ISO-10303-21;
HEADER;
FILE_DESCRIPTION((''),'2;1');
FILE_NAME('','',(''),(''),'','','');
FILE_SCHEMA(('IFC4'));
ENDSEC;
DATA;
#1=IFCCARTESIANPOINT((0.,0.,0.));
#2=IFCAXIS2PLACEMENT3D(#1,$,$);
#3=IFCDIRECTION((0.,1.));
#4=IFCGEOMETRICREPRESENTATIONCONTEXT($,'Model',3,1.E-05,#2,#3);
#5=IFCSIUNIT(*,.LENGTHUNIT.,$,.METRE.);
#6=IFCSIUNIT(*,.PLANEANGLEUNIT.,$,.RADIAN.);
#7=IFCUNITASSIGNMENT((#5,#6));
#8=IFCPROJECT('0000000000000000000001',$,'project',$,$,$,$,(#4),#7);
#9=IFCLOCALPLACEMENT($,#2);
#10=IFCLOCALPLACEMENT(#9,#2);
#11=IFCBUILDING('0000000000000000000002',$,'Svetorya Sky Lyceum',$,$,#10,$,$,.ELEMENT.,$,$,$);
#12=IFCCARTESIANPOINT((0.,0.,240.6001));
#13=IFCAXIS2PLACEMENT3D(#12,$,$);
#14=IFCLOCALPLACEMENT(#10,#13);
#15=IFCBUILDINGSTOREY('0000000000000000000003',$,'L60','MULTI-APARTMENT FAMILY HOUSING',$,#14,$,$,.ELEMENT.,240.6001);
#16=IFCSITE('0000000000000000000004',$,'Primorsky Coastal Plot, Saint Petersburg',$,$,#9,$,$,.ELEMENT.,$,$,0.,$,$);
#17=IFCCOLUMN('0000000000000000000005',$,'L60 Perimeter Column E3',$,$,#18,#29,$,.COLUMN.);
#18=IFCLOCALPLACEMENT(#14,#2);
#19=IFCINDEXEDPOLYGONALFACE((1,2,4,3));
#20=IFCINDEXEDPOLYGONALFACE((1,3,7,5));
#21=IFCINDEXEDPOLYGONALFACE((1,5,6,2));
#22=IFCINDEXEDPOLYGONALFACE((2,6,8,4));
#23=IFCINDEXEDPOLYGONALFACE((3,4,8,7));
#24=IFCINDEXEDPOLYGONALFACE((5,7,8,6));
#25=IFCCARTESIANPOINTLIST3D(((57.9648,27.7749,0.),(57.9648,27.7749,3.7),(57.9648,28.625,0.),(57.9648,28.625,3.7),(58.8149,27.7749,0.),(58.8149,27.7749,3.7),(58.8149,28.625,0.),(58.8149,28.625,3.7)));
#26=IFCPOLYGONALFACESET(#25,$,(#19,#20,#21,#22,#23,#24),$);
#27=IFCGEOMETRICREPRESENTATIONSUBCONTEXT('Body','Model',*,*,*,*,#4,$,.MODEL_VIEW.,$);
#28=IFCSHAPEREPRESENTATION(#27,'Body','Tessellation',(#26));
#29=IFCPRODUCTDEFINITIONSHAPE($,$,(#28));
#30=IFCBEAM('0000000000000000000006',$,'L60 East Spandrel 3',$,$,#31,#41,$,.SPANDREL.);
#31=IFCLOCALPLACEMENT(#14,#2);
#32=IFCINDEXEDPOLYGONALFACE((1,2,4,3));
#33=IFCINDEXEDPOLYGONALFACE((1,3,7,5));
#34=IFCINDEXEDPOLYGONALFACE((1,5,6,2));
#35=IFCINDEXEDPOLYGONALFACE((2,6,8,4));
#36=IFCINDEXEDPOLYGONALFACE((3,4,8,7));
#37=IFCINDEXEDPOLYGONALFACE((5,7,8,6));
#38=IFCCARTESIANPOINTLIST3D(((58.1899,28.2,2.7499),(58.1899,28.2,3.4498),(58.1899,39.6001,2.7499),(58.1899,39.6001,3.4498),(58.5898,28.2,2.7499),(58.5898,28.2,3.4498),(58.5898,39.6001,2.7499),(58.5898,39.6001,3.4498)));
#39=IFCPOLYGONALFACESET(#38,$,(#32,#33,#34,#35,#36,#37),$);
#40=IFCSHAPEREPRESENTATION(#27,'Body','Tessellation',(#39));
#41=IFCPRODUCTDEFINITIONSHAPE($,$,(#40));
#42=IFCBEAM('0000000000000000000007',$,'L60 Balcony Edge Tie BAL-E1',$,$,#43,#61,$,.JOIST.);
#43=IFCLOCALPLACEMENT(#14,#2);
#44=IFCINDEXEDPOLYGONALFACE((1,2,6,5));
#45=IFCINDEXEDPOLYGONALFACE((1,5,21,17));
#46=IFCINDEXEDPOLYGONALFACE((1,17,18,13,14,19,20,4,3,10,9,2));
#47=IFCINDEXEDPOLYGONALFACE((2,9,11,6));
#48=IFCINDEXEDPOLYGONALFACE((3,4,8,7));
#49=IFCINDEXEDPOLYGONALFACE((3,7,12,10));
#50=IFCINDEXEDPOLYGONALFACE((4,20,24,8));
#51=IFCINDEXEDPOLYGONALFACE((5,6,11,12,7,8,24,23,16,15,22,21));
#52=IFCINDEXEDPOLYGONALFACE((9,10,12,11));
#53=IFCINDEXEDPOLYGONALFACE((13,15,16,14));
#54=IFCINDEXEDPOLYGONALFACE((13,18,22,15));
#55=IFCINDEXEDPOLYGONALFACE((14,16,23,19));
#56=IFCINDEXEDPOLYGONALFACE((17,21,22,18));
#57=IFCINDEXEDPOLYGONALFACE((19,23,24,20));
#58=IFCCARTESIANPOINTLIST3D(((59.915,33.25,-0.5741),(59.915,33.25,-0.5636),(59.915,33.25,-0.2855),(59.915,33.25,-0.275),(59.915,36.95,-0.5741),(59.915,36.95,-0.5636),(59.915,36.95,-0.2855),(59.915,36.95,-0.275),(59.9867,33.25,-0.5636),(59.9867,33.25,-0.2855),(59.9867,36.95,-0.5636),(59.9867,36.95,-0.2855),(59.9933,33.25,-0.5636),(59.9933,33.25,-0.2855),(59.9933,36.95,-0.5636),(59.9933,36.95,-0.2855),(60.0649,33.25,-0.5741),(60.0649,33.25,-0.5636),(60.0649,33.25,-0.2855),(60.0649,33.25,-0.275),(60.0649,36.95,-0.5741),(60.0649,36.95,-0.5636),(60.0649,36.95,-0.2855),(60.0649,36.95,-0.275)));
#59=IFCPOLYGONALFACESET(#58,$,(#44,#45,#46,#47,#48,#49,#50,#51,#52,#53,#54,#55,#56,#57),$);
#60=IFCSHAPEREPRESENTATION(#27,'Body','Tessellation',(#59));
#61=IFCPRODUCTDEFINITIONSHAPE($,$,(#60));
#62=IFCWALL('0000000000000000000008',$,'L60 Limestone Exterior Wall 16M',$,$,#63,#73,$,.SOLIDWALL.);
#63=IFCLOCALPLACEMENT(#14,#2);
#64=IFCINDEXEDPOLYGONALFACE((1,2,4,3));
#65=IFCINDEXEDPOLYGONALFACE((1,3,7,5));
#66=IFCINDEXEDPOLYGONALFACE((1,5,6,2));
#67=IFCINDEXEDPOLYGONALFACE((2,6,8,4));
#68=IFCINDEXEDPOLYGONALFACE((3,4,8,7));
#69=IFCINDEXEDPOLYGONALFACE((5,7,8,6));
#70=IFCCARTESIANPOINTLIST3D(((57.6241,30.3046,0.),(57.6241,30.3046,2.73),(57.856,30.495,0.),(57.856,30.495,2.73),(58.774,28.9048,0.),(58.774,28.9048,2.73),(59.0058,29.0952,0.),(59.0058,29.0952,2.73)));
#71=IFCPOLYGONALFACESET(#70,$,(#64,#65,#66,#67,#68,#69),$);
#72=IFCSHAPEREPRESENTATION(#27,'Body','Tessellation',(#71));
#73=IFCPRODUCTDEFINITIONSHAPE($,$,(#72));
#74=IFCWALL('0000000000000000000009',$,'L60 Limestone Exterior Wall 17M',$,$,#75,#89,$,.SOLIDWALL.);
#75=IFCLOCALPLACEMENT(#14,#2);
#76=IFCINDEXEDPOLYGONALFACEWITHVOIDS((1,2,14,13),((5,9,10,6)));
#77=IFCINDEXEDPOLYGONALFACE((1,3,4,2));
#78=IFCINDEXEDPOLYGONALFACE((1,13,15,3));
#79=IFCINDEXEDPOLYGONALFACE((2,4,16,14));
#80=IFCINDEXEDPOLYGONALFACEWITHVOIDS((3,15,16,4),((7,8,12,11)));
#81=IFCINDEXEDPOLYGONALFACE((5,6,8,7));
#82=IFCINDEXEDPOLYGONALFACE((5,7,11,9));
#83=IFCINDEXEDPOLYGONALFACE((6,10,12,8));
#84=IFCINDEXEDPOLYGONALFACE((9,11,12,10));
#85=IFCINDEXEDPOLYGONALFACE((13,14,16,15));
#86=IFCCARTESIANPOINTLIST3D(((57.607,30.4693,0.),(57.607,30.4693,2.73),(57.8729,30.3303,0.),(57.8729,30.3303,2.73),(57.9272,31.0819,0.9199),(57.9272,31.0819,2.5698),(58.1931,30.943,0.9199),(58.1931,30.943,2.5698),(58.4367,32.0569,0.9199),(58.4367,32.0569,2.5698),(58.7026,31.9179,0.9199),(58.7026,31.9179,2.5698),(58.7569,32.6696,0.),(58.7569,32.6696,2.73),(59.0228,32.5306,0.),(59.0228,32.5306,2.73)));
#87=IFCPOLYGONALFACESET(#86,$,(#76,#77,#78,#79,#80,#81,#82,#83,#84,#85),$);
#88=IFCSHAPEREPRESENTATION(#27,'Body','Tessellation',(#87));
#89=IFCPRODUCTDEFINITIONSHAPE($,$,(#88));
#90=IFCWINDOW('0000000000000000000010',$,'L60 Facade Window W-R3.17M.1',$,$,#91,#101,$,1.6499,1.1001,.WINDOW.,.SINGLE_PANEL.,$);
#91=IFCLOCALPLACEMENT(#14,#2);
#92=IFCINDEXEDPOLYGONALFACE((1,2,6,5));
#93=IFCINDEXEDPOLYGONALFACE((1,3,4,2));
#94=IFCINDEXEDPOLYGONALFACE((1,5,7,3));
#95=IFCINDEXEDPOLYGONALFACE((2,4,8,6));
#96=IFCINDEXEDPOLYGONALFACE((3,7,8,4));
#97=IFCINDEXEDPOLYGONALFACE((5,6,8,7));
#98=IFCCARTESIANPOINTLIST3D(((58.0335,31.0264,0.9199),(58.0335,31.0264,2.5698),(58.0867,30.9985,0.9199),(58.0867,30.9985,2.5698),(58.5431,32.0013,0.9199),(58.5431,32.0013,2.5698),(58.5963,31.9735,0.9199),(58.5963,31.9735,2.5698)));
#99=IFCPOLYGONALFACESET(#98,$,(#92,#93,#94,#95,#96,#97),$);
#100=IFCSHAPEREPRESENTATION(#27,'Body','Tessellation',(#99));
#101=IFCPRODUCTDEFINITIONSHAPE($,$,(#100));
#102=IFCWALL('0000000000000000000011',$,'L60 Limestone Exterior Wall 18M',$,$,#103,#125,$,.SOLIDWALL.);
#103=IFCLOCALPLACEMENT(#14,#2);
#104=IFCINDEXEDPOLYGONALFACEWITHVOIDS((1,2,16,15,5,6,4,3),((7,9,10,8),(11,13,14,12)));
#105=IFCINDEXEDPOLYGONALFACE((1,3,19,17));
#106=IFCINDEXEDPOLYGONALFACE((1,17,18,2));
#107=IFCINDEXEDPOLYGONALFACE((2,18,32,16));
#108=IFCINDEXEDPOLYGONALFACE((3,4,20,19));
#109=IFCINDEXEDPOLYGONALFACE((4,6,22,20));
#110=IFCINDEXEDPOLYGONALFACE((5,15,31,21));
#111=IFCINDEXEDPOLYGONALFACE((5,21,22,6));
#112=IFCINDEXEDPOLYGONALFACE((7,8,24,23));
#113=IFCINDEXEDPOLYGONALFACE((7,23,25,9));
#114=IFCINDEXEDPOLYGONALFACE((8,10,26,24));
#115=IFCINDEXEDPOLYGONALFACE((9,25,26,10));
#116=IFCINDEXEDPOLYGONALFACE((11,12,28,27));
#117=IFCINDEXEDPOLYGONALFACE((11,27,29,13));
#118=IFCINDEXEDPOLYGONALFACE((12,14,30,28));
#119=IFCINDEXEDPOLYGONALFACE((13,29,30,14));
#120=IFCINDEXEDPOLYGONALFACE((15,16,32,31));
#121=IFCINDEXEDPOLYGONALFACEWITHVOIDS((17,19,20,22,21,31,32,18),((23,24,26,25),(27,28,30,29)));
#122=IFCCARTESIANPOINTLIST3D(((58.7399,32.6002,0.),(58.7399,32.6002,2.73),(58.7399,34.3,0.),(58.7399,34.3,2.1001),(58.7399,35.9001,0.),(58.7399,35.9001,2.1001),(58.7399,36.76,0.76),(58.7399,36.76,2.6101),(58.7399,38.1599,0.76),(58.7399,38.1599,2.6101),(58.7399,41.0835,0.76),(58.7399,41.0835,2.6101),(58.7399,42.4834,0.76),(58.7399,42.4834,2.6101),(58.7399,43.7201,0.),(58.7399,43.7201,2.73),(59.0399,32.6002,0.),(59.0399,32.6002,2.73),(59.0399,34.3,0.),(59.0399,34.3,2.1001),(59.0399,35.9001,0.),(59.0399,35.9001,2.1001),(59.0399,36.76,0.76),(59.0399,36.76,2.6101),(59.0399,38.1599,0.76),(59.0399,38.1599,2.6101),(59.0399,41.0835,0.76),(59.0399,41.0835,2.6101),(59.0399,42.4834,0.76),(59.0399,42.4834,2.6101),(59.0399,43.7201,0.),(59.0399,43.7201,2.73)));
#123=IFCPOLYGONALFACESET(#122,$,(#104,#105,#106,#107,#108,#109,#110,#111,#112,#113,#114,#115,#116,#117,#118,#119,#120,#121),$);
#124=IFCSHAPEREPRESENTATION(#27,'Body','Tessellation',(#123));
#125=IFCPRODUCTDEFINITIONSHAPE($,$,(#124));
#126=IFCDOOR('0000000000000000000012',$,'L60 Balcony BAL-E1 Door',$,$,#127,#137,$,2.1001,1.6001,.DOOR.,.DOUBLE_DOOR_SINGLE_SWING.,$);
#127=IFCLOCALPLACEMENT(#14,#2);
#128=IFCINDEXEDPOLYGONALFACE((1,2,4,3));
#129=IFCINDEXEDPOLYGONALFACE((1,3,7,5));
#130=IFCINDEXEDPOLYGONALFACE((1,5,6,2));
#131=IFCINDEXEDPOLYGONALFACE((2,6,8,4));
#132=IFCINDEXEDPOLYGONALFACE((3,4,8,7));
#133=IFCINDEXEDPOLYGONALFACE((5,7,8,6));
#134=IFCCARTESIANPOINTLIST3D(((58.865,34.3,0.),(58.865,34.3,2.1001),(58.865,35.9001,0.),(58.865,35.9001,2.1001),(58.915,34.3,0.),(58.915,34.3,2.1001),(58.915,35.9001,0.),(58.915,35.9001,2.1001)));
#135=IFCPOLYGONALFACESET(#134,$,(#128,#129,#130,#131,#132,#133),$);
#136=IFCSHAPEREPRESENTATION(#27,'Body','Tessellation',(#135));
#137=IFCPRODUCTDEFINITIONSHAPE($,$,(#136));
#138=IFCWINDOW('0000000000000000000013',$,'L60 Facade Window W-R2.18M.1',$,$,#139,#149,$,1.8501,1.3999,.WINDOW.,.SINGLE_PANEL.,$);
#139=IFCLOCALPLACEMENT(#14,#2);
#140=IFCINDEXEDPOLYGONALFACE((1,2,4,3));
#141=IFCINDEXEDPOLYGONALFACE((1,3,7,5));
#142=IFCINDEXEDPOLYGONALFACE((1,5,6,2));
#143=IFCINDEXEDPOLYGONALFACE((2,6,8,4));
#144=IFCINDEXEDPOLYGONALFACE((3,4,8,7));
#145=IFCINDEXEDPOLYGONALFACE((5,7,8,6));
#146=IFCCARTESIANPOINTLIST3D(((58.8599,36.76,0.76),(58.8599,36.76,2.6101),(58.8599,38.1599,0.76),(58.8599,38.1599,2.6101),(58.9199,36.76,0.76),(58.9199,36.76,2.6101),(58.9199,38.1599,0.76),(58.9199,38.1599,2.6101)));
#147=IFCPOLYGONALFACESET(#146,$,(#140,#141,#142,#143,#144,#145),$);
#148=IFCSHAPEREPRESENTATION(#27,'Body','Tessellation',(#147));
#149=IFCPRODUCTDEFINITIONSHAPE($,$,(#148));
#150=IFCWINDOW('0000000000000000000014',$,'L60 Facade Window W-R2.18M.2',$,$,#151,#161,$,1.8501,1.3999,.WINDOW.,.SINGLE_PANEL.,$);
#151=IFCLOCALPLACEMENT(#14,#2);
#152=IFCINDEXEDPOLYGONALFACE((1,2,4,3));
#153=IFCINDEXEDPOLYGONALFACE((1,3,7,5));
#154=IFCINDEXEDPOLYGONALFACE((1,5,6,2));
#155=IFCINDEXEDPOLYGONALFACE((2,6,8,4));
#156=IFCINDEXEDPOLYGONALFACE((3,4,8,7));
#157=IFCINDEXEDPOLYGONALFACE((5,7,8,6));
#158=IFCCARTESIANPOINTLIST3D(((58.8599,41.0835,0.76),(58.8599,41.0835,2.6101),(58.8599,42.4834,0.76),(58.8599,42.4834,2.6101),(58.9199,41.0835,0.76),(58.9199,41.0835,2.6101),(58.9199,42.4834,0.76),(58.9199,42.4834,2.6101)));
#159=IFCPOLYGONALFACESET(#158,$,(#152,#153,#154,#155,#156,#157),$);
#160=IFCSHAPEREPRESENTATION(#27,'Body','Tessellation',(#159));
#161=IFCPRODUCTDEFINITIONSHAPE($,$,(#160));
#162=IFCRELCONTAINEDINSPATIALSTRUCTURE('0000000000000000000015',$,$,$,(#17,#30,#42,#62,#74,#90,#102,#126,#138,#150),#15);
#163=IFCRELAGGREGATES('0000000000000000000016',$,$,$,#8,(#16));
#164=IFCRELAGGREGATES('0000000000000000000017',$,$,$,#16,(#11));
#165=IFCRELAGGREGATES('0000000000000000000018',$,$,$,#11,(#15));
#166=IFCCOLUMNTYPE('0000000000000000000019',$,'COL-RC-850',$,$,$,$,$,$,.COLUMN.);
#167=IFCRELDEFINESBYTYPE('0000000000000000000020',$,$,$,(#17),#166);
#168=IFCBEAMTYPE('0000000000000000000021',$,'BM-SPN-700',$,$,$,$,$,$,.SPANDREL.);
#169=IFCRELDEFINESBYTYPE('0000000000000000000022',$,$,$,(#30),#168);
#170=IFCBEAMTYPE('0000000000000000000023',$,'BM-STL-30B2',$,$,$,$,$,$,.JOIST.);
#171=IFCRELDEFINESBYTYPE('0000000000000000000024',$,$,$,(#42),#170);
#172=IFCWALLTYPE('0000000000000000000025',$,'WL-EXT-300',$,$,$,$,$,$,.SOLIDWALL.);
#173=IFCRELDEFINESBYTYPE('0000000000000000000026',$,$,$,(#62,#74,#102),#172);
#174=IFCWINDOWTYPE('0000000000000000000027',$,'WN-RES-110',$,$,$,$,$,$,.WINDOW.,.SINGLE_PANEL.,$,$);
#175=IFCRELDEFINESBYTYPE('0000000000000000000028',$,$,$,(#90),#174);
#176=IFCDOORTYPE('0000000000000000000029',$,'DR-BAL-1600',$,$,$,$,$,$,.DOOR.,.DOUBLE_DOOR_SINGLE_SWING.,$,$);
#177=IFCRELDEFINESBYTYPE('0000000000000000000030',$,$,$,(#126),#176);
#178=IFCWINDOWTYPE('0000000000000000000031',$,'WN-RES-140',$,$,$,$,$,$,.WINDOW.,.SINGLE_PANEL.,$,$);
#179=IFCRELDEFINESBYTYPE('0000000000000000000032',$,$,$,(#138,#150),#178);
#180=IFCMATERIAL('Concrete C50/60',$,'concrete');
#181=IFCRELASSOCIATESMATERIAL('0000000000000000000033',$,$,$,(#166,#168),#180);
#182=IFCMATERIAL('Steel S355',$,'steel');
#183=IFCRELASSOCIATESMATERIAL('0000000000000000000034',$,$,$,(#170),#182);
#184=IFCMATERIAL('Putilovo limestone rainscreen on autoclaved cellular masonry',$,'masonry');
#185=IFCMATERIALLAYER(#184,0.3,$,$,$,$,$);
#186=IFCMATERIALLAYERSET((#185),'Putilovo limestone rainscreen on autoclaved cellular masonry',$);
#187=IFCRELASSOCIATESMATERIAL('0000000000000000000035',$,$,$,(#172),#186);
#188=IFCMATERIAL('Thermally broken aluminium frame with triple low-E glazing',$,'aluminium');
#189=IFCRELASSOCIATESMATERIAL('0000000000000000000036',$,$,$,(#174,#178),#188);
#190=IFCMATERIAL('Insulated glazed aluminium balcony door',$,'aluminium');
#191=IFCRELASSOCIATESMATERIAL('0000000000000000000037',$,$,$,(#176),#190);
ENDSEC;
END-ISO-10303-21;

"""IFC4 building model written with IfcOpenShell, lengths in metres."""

from ifc_helpers import new_model, si_unit, direction, frame, frame_2d, origin, origin_2d, place, context, subcontext, project, spatial, rectangle, i_section, extrude, material, layer, layer_set, material_profile, profile_set, type_object, element, fill, save


model = new_model("IFC4")

# Units and contexts
model_context = context("Model", 3, precision=1e-05, world=origin(), true_north=direction((0.0, 1.0)))
body_context = subcontext(model_context, "Body", "Model", "MODEL_VIEW")
ifc_project = project(units=[si_unit("LENGTHUNIT", "METRE"), si_unit("PLANEANGLEUNIT", "RADIAN")], contexts=[model_context])

# Site, building, storey
site_placement = place(None, origin())
site = spatial("IfcSite", under=ifc_project, at=site_placement, Name="Primorsky Coastal Plot, Saint Petersburg", CompositionType="ELEMENT", RefElevation=0.0)
building_placement = place(site_placement, origin())
building = spatial("IfcBuilding", under=site, at=building_placement, Name="Svetorya Sky Lyceum", CompositionType="ELEMENT")
storey_placement = place(building_placement, frame((0.0, 0.0, 240.6001)))
storey = spatial("IfcBuildingStorey", under=building, at=storey_placement, Name="L60", Description="MULTI-APARTMENT FAMILY HOUSING", CompositionType="ELEMENT", Elevation=240.6001)

# Column
ifc_material_1 = material(Name="Concrete C50/60", Category="concrete")
ifc_material_profile_1 = material_profile(ifc_material_1, rectangle(XDim=0.8501, YDim=0.8501, at=origin_2d()), Name="RC COL 850x850")
ifc_profile_set_1 = profile_set([ifc_material_profile_1], Name="Concrete C50/60")
column_type = type_object("IfcColumnType", Name="COL-RC-850", PredefinedType="COLUMN", material=ifc_profile_set_1)
column_placement = place(storey_placement, frame((58.3899, 28.2, 0.0), z_axis=(0.0, 0.0, 1.0), x_axis=(1.0, 0.0, 0.0)))
element("IfcColumn", 1, at=column_placement, inside=storey, type_object=column_type, Name="L60 Perimeter Column E3", PredefinedType="COLUMN", context=body_context, shape_type="SweptSolid", body=[
    extrude(rectangle(XDim=0.8501, YDim=0.8501, at=origin_2d()), origin(), (0.0, 0.0, 1.0), 3.7),
])

# Beams
ifc_material_profile_2 = material_profile(ifc_material_1, rectangle(XDim=0.3999, YDim=0.7, at=origin_2d()), Name="RC SPANDREL 400x700")
ifc_profile_set_2 = profile_set([ifc_material_profile_2], Name="Concrete C50/60")
beam_type_1 = type_object("IfcBeamType", Name="BM-SPN-700", PredefinedType="SPANDREL", material=ifc_profile_set_2)
beam_1_placement = place(storey_placement, frame((58.3899, 28.2, 3.0999), z_axis=(0.0, 1.0, 0.0), x_axis=(-1.0, 0.0, 0.0)))
element("IfcBeam", 2, at=beam_1_placement, inside=storey, type_object=beam_type_1, Name="L60 East Spandrel 3", PredefinedType="SPANDREL", context=body_context, shape_type="SweptSolid", body=[
    extrude(rectangle(XDim=0.3999, YDim=0.7, at=origin_2d()), origin(), (0.0, 0.0, 1.0), 11.4001),
])
ifc_material_2 = material(Name="Steel S355", Category="steel")
ifc_material_profile_3 = material_profile(ifc_material_2, i_section(OverallWidth=0.1499, OverallDepth=0.2991, WebThickness=0.0066, FlangeThickness=0.0105, at=origin_2d()), Name="GOST 30B2")
ifc_profile_set_3 = profile_set([ifc_material_profile_3], Name="Steel S355")
beam_type_2 = type_object("IfcBeamType", Name="BM-STL-30B2", PredefinedType="JOIST", material=ifc_profile_set_3)
beam_2_placement = place(storey_placement, frame((59.99, 33.25, -0.4246), z_axis=(0.0, 1.0, 0.0), x_axis=(-1.0, 0.0, 0.0)))
element("IfcBeam", 3, at=beam_2_placement, inside=storey, type_object=beam_type_2, Name="L60 Balcony Edge Tie BAL-E1", PredefinedType="JOIST", context=body_context, shape_type="SweptSolid", body=[
    extrude(i_section(OverallWidth=0.1499, OverallDepth=0.2991, WebThickness=0.0066, FlangeThickness=0.0105, at=origin_2d()), origin(), (0.0, 0.0, 1.0), 3.7),
])

# Wall
ifc_material_3 = material(Name="Putilovo limestone rainscreen on autoclaved cellular masonry", Category="masonry")
ifc_layer = layer(ifc_material_3, 0.3)
ifc_layer_set = layer_set([ifc_layer], Name="Putilovo limestone rainscreen on autoclaved cellular masonry")
wall_type = type_object("IfcWallType", Name="WL-EXT-300", PredefinedType="SOLIDWALL", material=ifc_layer_set)
wall_1_placement = place(storey_placement, frame((58.8899, 29.0, 0.0), z_axis=(0.0, 0.0, 1.0), x_axis=(-0.634734, 0.772731, 0.0)))
element("IfcWall", 4, at=wall_1_placement, inside=storey, type_object=wall_type, Name="L60 Limestone Exterior Wall 16M", PredefinedType="SOLIDWALL", context=body_context, shape_type="SweptSolid", body=[
    extrude(rectangle(XDim=1.8115, YDim=0.3, at=frame_2d((0.9058, 0.0))), origin(), (0.0, 0.0, 1.0), 2.73),
])

# Wall, opening, window
wall_2_placement = place(storey_placement, frame((57.74, 30.3999, 0.0), z_axis=(0.0, 0.0, 1.0), x_axis=(0.463191, 0.886258, 0.0)))
wall_2 = element("IfcWall", 5, at=wall_2_placement, inside=storey, type_object=wall_type, Name="L60 Limestone Exterior Wall 17M", PredefinedType="SOLIDWALL", context=body_context, shape_type="SweptSolid", body=[
    extrude(rectangle(XDim=2.4827, YDim=0.3, at=frame_2d((1.2412, 0.0))), origin(), (0.0, 0.0, 1.0), 2.73),
])
opening_1_placement = place(wall_2_placement, frame((0.6912, 0.0, 0.9199)))
opening_1 = element("IfcOpeningElement", 6, at=opening_1_placement, cuts=wall_2, PredefinedType="OPENING", context=body_context, shape_type="SweptSolid", body=[
    extrude(rectangle(XDim=1.1001, YDim=1.6499, at=frame_2d((0.55, 0.825))), frame((0.0, 0.1599, 0.0), z_axis=(0.0, -1.0, 0.0), x_axis=(1.0, 0.0, 0.0)), (0.0, 0.0, 1.0), 0.3201),
])
ifc_material_4 = material(Name="Thermally broken aluminium frame with triple low-E glazing", Category="aluminium")
window_type_1 = type_object("IfcWindowType", Name="WN-RES-110", PartitioningType="SINGLE_PANEL", PredefinedType="WINDOW", material=ifc_material_4)
window_1_placement = place(opening_1_placement, origin())
window_1 = element("IfcWindow", 7, at=window_1_placement, inside=storey, type_object=window_type_1, Name="L60 Facade Window W-R3.17M.1", OverallHeight=1.6499, OverallWidth=1.1001, PartitioningType="SINGLE_PANEL", PredefinedType="WINDOW", context=body_context, shape_type="SweptSolid", body=[
    extrude(rectangle(XDim=1.1001, YDim=1.6499, at=frame_2d((0.55, 0.825))), frame((0.0, 0.03, 0.0), z_axis=(0.0, -1.0, 0.0), x_axis=(1.0, 0.0, 0.0)), (0.0, 0.0, 1.0), 0.0601),
])
fill(opening_1, window_1)

# Wall, openings, door, windows
wall_3_placement = place(storey_placement, frame((58.8899, 32.6001, 0.0), z_axis=(0.0, 0.0, 1.0), x_axis=(0.0, 1.0, 0.0)))
wall_3 = element("IfcWall", 8, at=wall_3_placement, inside=storey, type_object=wall_type, Name="L60 Limestone Exterior Wall 18M", PredefinedType="SOLIDWALL", context=body_context, shape_type="SweptSolid", body=[
    extrude(rectangle(XDim=11.1199, YDim=0.3, at=frame_2d((5.5601, 0.0))), origin(), (0.0, 0.0, 1.0), 2.73),
])
opening_2_placement = place(wall_3_placement, frame((1.7, 0.0, 0.0)))
opening_2 = element("IfcOpeningElement", 9, at=opening_2_placement, cuts=wall_3, PredefinedType="OPENING", context=body_context, shape_type="SweptSolid", body=[
    extrude(rectangle(XDim=1.6001, YDim=2.1001, at=frame_2d((0.8, 1.05))), frame((0.0, 0.1599, 0.0), z_axis=(0.0, -1.0, 0.0), x_axis=(1.0, 0.0, 0.0)), (0.0, 0.0, 1.0), 0.3201),
])
opening_3_placement = place(wall_3_placement, frame((4.1599, 0.0, 0.76)))
opening_3 = element("IfcOpeningElement", 10, at=opening_3_placement, cuts=wall_3, PredefinedType="OPENING", context=body_context, shape_type="SweptSolid", body=[
    extrude(rectangle(XDim=1.3999, YDim=1.8501, at=frame_2d((0.7, 0.925))), frame((0.0, 0.1599, 0.0), z_axis=(0.0, -1.0, 0.0), x_axis=(1.0, 0.0, 0.0)), (0.0, 0.0, 1.0), 0.3201),
])
opening_4_placement = place(wall_3_placement, frame((8.4834, 0.0, 0.76)))
opening_4 = element("IfcOpeningElement", 11, at=opening_4_placement, cuts=wall_3, PredefinedType="OPENING", context=body_context, shape_type="SweptSolid", body=[
    extrude(rectangle(XDim=1.3999, YDim=1.8501, at=frame_2d((0.7, 0.925))), frame((0.0, 0.1599, 0.0), z_axis=(0.0, -1.0, 0.0), x_axis=(1.0, 0.0, 0.0)), (0.0, 0.0, 1.0), 0.3201),
])
ifc_material_5 = material(Name="Insulated glazed aluminium balcony door", Category="aluminium")
door_type = type_object("IfcDoorType", Name="DR-BAL-1600", OperationType="DOUBLE_DOOR_SINGLE_SWING", PredefinedType="DOOR", material=ifc_material_5)
door_placement = place(opening_2_placement, origin())
door = element("IfcDoor", 12, at=door_placement, inside=storey, type_object=door_type, Name="L60 Balcony BAL-E1 Door", OperationType="DOUBLE_DOOR_SINGLE_SWING", OverallHeight=2.1001, OverallWidth=1.6001, PredefinedType="DOOR", context=body_context, shape_type="SweptSolid", body=[
    extrude(rectangle(XDim=1.6001, YDim=2.1001, at=frame_2d((0.8, 1.05))), frame((0.0, 0.0249, 0.0), z_axis=(0.0, -1.0, 0.0), x_axis=(1.0, 0.0, 0.0)), (0.0, 0.0, 1.0), 0.05),
])
fill(opening_2, door)
window_type_2 = type_object("IfcWindowType", Name="WN-RES-140", PartitioningType="SINGLE_PANEL", PredefinedType="WINDOW", material=ifc_material_4)
window_2_placement = place(opening_3_placement, origin())
window_2 = element("IfcWindow", 13, at=window_2_placement, inside=storey, type_object=window_type_2, Name="L60 Facade Window W-R2.18M.1", OverallHeight=1.8501, OverallWidth=1.3999, PartitioningType="SINGLE_PANEL", PredefinedType="WINDOW", context=body_context, shape_type="SweptSolid", body=[
    extrude(rectangle(XDim=1.3999, YDim=1.8501, at=frame_2d((0.7, 0.925))), frame((0.0, 0.03, 0.0), z_axis=(0.0, -1.0, 0.0), x_axis=(1.0, 0.0, 0.0)), (0.0, 0.0, 1.0), 0.0601),
])
fill(opening_3, window_2)
window_3_placement = place(opening_4_placement, origin())
window_3 = element("IfcWindow", 14, at=window_3_placement, inside=storey, type_object=window_type_2, Name="L60 Facade Window W-R2.18M.2", OverallHeight=1.8501, OverallWidth=1.3999, PartitioningType="SINGLE_PANEL", PredefinedType="WINDOW", context=body_context, shape_type="SweptSolid", body=[
    extrude(rectangle(XDim=1.3999, YDim=1.8501, at=frame_2d((0.7, 0.925))), frame((0.0, 0.03, 0.0), z_axis=(0.0, -1.0, 0.0), x_axis=(1.0, 0.0, 0.0)), (0.0, 0.0, 1.0), 0.0601),
])
fill(opening_4, window_3)

save(model, "model.ifc")
